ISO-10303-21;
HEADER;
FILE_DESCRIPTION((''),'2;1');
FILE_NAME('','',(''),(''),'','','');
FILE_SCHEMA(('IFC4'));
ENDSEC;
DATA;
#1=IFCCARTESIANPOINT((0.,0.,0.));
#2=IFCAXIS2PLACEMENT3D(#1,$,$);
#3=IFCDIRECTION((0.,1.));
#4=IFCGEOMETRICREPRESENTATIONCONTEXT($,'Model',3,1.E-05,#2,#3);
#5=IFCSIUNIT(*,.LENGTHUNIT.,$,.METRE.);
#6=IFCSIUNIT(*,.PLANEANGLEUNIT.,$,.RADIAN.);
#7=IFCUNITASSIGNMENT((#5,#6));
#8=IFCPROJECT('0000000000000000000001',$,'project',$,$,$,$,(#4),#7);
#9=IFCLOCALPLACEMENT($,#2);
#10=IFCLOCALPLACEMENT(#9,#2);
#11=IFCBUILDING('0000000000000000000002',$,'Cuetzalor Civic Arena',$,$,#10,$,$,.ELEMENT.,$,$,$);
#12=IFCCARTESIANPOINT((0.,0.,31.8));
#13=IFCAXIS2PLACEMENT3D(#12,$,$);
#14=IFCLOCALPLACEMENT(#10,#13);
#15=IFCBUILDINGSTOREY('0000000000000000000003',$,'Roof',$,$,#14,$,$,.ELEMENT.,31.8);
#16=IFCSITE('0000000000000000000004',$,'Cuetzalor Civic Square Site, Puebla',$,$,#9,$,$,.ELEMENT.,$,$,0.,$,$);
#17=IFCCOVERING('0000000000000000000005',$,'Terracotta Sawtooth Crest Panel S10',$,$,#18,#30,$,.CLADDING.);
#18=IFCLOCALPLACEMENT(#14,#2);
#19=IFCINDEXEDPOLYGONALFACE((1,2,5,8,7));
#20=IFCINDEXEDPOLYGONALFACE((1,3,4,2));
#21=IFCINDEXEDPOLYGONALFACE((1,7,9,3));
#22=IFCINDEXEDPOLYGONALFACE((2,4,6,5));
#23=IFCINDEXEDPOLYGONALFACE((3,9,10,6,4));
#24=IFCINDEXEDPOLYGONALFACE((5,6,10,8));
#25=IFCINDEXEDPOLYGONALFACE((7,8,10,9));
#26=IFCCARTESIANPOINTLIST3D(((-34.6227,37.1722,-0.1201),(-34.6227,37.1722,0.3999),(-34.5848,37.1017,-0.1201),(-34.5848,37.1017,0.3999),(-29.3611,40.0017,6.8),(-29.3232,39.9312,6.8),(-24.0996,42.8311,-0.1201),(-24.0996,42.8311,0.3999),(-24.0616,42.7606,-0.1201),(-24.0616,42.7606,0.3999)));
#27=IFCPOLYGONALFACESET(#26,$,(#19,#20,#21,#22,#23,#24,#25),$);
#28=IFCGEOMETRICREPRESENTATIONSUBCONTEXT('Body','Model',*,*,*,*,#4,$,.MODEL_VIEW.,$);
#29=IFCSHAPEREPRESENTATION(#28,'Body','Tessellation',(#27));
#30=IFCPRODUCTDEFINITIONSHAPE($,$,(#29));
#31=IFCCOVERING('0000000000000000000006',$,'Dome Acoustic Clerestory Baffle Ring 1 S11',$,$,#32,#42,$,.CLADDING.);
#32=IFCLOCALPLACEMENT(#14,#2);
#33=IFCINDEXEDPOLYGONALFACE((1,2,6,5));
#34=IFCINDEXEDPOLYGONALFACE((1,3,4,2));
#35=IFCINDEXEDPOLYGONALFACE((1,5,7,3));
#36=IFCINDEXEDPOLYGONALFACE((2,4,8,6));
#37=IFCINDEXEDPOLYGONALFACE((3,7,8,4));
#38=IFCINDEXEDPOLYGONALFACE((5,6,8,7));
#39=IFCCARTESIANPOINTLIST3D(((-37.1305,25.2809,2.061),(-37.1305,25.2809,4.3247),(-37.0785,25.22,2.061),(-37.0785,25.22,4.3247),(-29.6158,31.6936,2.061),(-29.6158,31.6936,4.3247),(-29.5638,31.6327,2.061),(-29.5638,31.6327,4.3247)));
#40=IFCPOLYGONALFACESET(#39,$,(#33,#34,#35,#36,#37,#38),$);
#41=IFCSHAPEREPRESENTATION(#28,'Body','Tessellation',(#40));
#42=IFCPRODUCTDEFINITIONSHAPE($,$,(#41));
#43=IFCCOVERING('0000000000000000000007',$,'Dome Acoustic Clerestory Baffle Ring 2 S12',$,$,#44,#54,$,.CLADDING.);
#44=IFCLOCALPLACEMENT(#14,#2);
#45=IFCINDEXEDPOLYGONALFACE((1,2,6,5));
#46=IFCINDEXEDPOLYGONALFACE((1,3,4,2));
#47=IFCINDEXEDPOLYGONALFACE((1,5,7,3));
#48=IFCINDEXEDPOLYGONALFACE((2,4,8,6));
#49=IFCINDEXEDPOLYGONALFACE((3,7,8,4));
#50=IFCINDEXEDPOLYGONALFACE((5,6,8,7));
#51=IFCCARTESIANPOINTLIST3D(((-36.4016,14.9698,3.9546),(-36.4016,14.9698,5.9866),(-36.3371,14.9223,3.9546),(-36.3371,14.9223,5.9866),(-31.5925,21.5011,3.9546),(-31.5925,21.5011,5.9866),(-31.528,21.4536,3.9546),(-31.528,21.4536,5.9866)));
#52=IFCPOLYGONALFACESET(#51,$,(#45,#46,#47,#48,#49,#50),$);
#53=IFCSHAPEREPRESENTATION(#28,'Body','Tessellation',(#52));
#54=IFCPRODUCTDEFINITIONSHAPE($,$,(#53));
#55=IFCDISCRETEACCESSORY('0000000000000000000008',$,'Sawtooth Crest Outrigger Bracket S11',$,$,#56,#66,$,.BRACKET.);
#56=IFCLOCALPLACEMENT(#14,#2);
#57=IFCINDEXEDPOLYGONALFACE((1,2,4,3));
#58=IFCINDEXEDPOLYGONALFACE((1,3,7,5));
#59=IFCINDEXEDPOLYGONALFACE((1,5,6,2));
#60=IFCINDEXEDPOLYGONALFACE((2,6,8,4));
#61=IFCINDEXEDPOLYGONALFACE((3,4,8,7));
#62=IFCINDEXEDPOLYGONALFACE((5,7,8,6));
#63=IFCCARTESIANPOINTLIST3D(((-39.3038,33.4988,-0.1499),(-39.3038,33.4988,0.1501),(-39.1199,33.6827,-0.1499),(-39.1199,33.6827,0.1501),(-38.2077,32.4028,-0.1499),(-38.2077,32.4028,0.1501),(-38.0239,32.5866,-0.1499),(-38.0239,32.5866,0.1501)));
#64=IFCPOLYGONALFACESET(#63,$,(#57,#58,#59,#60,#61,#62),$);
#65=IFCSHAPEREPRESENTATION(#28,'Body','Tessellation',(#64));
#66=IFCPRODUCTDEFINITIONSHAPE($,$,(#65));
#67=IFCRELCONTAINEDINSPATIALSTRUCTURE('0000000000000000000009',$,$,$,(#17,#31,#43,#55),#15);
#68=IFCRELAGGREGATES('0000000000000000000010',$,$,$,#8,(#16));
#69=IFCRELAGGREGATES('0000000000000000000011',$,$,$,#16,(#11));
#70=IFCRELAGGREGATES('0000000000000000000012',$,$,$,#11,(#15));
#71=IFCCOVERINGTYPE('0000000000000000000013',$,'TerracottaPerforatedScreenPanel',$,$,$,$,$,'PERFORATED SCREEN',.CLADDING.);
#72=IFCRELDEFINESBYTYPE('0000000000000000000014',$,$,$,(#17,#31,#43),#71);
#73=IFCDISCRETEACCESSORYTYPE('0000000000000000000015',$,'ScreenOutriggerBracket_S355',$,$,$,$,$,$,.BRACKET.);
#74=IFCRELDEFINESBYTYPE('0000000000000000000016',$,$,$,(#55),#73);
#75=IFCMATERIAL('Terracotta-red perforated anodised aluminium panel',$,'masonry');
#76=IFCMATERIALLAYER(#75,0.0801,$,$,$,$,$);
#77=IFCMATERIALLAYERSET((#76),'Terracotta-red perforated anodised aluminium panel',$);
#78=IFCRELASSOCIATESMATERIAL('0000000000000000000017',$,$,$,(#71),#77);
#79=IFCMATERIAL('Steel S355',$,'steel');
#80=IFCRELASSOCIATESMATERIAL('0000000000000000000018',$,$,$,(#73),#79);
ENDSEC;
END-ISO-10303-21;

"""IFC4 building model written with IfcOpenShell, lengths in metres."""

from ifc_helpers import new_model, si_unit, direction, frame, frame_2d, origin, origin_2d, place, context, subcontext, project, spatial, polyline, rectangle, outline, extrude, material, layer, layer_set, type_object, element, save


model = new_model("IFC4")

# Units and contexts
model_context = context("Model", 3, precision=1e-05, world=origin(), true_north=direction((0.0, 1.0)))
body_context = subcontext(model_context, "Body", "Model", "MODEL_VIEW")
ifc_project = project(units=[si_unit("LENGTHUNIT", "METRE"), si_unit("PLANEANGLEUNIT", "RADIAN")], contexts=[model_context])

# Site, building, storey
site_placement = place(None, origin())
site = spatial("IfcSite", under=ifc_project, at=site_placement, Name="Cuetzalor Civic Square Site, Puebla", CompositionType="ELEMENT", RefElevation=0.0)
building_placement = place(site_placement, origin())
building = spatial("IfcBuilding", under=site, at=building_placement, Name="Cuetzalor Civic Arena", CompositionType="ELEMENT")
storey_placement = place(building_placement, frame((0.0, 0.0, 31.8)))
storey = spatial("IfcBuildingStorey", under=building, at=storey_placement, Name="Roof", CompositionType="ELEMENT", Elevation=31.8)

# Coverings
ifc_material_1 = material(Name="Terracotta-red perforated anodised aluminium panel", Category="masonry")
ifc_layer_1 = layer(ifc_material_1, 0.0801)
ifc_layer_set_1 = layer_set([ifc_layer_1], Name="Terracotta-red perforated anodised aluminium panel")
covering_type = type_object("IfcCoveringType", Name="TerracottaPerforatedScreenPanel", ElementType="PERFORATED SCREEN", PredefinedType="CLADDING", material=ifc_layer_set_1)
covering_1_placement = place(storey_placement, frame((-34.6038, 37.137, -0.1201), z_axis=(0.0, 0.0, 1.0), x_axis=(0.880729, 0.47362, 0.0)))
element("IfcCovering", 1, at=covering_1_placement, inside=storey, type_object=covering_type, Name="Terracotta Sawtooth Crest Panel S10", PredefinedType="CLADDING", context=body_context, shape_type="SweptSolid", body=[
    extrude(outline(polyline([(0.0, 0.0), (11.9482, 0.0), (11.9482, 0.52), (5.9741, 6.9202), (0.0, 0.52), (0.0, 0.0)])), frame((0.0, 0.04, 0.0), z_axis=(0.0, -1.0, 0.0), x_axis=(1.0, 0.0, 0.0)), (0.0, 0.0, 1.0), 0.0801),
])
covering_2_placement = place(storey_placement, frame((-37.1045, 25.2505, 2.061), z_axis=(0.0, 0.0, 1.0), x_axis=(0.760682, 0.649125, 0.0)))
element("IfcCovering", 2, at=covering_2_placement, inside=storey, type_object=covering_type, Name="Dome Acoustic Clerestory Baffle Ring 1 S11", PredefinedType="CLADDING", context=body_context, shape_type="SweptSolid", body=[
    extrude(rectangle(XDim=9.8789, YDim=0.0801, at=frame_2d((4.9395, 0.0))), origin(), (0.0, 0.0, 1.0), 2.2637),
])
covering_3_placement = place(storey_placement, frame((-36.3694, 14.946, 3.9546), z_axis=(0.0, 0.0, 1.0), x_axis=(0.592926, 0.805257, 0.0)))
element("IfcCovering", 3, at=covering_3_placement, inside=storey, type_object=covering_type, Name="Dome Acoustic Clerestory Baffle Ring 2 S12", PredefinedType="CLADDING", context=body_context, shape_type="SweptSolid", body=[
    extrude(rectangle(XDim=8.1108, YDim=0.0801, at=frame_2d((4.0554, 0.0))), origin(), (0.0, 0.0, 1.0), 2.032),
])

# Discrete accessory
ifc_material_2 = material(Name="Steel S355", Category="steel")
discrete_accessory_type = type_object("IfcDiscreteAccessoryType", Name="ScreenOutriggerBracket_S355", PredefinedType="BRACKET", material=ifc_material_2)
discrete_accessory_placement = place(storey_placement, frame((-38.6638, 33.0427, -0.1499), z_axis=(0.0, 0.0, 1.0), x_axis=(-0.707107, 0.707107, 0.0)))
element("IfcDiscreteAccessory", 4, at=discrete_accessory_placement, inside=storey, type_object=discrete_accessory_type, Name="Sawtooth Crest Outrigger Bracket S11", PredefinedType="BRACKET", context=body_context, shape_type="SweptSolid", body=[
    extrude(rectangle(XDim=1.55, YDim=0.26, at=origin_2d()), origin(), (0.0, 0.0, 1.0), 0.3),
])

save(model, "model.ifc")
